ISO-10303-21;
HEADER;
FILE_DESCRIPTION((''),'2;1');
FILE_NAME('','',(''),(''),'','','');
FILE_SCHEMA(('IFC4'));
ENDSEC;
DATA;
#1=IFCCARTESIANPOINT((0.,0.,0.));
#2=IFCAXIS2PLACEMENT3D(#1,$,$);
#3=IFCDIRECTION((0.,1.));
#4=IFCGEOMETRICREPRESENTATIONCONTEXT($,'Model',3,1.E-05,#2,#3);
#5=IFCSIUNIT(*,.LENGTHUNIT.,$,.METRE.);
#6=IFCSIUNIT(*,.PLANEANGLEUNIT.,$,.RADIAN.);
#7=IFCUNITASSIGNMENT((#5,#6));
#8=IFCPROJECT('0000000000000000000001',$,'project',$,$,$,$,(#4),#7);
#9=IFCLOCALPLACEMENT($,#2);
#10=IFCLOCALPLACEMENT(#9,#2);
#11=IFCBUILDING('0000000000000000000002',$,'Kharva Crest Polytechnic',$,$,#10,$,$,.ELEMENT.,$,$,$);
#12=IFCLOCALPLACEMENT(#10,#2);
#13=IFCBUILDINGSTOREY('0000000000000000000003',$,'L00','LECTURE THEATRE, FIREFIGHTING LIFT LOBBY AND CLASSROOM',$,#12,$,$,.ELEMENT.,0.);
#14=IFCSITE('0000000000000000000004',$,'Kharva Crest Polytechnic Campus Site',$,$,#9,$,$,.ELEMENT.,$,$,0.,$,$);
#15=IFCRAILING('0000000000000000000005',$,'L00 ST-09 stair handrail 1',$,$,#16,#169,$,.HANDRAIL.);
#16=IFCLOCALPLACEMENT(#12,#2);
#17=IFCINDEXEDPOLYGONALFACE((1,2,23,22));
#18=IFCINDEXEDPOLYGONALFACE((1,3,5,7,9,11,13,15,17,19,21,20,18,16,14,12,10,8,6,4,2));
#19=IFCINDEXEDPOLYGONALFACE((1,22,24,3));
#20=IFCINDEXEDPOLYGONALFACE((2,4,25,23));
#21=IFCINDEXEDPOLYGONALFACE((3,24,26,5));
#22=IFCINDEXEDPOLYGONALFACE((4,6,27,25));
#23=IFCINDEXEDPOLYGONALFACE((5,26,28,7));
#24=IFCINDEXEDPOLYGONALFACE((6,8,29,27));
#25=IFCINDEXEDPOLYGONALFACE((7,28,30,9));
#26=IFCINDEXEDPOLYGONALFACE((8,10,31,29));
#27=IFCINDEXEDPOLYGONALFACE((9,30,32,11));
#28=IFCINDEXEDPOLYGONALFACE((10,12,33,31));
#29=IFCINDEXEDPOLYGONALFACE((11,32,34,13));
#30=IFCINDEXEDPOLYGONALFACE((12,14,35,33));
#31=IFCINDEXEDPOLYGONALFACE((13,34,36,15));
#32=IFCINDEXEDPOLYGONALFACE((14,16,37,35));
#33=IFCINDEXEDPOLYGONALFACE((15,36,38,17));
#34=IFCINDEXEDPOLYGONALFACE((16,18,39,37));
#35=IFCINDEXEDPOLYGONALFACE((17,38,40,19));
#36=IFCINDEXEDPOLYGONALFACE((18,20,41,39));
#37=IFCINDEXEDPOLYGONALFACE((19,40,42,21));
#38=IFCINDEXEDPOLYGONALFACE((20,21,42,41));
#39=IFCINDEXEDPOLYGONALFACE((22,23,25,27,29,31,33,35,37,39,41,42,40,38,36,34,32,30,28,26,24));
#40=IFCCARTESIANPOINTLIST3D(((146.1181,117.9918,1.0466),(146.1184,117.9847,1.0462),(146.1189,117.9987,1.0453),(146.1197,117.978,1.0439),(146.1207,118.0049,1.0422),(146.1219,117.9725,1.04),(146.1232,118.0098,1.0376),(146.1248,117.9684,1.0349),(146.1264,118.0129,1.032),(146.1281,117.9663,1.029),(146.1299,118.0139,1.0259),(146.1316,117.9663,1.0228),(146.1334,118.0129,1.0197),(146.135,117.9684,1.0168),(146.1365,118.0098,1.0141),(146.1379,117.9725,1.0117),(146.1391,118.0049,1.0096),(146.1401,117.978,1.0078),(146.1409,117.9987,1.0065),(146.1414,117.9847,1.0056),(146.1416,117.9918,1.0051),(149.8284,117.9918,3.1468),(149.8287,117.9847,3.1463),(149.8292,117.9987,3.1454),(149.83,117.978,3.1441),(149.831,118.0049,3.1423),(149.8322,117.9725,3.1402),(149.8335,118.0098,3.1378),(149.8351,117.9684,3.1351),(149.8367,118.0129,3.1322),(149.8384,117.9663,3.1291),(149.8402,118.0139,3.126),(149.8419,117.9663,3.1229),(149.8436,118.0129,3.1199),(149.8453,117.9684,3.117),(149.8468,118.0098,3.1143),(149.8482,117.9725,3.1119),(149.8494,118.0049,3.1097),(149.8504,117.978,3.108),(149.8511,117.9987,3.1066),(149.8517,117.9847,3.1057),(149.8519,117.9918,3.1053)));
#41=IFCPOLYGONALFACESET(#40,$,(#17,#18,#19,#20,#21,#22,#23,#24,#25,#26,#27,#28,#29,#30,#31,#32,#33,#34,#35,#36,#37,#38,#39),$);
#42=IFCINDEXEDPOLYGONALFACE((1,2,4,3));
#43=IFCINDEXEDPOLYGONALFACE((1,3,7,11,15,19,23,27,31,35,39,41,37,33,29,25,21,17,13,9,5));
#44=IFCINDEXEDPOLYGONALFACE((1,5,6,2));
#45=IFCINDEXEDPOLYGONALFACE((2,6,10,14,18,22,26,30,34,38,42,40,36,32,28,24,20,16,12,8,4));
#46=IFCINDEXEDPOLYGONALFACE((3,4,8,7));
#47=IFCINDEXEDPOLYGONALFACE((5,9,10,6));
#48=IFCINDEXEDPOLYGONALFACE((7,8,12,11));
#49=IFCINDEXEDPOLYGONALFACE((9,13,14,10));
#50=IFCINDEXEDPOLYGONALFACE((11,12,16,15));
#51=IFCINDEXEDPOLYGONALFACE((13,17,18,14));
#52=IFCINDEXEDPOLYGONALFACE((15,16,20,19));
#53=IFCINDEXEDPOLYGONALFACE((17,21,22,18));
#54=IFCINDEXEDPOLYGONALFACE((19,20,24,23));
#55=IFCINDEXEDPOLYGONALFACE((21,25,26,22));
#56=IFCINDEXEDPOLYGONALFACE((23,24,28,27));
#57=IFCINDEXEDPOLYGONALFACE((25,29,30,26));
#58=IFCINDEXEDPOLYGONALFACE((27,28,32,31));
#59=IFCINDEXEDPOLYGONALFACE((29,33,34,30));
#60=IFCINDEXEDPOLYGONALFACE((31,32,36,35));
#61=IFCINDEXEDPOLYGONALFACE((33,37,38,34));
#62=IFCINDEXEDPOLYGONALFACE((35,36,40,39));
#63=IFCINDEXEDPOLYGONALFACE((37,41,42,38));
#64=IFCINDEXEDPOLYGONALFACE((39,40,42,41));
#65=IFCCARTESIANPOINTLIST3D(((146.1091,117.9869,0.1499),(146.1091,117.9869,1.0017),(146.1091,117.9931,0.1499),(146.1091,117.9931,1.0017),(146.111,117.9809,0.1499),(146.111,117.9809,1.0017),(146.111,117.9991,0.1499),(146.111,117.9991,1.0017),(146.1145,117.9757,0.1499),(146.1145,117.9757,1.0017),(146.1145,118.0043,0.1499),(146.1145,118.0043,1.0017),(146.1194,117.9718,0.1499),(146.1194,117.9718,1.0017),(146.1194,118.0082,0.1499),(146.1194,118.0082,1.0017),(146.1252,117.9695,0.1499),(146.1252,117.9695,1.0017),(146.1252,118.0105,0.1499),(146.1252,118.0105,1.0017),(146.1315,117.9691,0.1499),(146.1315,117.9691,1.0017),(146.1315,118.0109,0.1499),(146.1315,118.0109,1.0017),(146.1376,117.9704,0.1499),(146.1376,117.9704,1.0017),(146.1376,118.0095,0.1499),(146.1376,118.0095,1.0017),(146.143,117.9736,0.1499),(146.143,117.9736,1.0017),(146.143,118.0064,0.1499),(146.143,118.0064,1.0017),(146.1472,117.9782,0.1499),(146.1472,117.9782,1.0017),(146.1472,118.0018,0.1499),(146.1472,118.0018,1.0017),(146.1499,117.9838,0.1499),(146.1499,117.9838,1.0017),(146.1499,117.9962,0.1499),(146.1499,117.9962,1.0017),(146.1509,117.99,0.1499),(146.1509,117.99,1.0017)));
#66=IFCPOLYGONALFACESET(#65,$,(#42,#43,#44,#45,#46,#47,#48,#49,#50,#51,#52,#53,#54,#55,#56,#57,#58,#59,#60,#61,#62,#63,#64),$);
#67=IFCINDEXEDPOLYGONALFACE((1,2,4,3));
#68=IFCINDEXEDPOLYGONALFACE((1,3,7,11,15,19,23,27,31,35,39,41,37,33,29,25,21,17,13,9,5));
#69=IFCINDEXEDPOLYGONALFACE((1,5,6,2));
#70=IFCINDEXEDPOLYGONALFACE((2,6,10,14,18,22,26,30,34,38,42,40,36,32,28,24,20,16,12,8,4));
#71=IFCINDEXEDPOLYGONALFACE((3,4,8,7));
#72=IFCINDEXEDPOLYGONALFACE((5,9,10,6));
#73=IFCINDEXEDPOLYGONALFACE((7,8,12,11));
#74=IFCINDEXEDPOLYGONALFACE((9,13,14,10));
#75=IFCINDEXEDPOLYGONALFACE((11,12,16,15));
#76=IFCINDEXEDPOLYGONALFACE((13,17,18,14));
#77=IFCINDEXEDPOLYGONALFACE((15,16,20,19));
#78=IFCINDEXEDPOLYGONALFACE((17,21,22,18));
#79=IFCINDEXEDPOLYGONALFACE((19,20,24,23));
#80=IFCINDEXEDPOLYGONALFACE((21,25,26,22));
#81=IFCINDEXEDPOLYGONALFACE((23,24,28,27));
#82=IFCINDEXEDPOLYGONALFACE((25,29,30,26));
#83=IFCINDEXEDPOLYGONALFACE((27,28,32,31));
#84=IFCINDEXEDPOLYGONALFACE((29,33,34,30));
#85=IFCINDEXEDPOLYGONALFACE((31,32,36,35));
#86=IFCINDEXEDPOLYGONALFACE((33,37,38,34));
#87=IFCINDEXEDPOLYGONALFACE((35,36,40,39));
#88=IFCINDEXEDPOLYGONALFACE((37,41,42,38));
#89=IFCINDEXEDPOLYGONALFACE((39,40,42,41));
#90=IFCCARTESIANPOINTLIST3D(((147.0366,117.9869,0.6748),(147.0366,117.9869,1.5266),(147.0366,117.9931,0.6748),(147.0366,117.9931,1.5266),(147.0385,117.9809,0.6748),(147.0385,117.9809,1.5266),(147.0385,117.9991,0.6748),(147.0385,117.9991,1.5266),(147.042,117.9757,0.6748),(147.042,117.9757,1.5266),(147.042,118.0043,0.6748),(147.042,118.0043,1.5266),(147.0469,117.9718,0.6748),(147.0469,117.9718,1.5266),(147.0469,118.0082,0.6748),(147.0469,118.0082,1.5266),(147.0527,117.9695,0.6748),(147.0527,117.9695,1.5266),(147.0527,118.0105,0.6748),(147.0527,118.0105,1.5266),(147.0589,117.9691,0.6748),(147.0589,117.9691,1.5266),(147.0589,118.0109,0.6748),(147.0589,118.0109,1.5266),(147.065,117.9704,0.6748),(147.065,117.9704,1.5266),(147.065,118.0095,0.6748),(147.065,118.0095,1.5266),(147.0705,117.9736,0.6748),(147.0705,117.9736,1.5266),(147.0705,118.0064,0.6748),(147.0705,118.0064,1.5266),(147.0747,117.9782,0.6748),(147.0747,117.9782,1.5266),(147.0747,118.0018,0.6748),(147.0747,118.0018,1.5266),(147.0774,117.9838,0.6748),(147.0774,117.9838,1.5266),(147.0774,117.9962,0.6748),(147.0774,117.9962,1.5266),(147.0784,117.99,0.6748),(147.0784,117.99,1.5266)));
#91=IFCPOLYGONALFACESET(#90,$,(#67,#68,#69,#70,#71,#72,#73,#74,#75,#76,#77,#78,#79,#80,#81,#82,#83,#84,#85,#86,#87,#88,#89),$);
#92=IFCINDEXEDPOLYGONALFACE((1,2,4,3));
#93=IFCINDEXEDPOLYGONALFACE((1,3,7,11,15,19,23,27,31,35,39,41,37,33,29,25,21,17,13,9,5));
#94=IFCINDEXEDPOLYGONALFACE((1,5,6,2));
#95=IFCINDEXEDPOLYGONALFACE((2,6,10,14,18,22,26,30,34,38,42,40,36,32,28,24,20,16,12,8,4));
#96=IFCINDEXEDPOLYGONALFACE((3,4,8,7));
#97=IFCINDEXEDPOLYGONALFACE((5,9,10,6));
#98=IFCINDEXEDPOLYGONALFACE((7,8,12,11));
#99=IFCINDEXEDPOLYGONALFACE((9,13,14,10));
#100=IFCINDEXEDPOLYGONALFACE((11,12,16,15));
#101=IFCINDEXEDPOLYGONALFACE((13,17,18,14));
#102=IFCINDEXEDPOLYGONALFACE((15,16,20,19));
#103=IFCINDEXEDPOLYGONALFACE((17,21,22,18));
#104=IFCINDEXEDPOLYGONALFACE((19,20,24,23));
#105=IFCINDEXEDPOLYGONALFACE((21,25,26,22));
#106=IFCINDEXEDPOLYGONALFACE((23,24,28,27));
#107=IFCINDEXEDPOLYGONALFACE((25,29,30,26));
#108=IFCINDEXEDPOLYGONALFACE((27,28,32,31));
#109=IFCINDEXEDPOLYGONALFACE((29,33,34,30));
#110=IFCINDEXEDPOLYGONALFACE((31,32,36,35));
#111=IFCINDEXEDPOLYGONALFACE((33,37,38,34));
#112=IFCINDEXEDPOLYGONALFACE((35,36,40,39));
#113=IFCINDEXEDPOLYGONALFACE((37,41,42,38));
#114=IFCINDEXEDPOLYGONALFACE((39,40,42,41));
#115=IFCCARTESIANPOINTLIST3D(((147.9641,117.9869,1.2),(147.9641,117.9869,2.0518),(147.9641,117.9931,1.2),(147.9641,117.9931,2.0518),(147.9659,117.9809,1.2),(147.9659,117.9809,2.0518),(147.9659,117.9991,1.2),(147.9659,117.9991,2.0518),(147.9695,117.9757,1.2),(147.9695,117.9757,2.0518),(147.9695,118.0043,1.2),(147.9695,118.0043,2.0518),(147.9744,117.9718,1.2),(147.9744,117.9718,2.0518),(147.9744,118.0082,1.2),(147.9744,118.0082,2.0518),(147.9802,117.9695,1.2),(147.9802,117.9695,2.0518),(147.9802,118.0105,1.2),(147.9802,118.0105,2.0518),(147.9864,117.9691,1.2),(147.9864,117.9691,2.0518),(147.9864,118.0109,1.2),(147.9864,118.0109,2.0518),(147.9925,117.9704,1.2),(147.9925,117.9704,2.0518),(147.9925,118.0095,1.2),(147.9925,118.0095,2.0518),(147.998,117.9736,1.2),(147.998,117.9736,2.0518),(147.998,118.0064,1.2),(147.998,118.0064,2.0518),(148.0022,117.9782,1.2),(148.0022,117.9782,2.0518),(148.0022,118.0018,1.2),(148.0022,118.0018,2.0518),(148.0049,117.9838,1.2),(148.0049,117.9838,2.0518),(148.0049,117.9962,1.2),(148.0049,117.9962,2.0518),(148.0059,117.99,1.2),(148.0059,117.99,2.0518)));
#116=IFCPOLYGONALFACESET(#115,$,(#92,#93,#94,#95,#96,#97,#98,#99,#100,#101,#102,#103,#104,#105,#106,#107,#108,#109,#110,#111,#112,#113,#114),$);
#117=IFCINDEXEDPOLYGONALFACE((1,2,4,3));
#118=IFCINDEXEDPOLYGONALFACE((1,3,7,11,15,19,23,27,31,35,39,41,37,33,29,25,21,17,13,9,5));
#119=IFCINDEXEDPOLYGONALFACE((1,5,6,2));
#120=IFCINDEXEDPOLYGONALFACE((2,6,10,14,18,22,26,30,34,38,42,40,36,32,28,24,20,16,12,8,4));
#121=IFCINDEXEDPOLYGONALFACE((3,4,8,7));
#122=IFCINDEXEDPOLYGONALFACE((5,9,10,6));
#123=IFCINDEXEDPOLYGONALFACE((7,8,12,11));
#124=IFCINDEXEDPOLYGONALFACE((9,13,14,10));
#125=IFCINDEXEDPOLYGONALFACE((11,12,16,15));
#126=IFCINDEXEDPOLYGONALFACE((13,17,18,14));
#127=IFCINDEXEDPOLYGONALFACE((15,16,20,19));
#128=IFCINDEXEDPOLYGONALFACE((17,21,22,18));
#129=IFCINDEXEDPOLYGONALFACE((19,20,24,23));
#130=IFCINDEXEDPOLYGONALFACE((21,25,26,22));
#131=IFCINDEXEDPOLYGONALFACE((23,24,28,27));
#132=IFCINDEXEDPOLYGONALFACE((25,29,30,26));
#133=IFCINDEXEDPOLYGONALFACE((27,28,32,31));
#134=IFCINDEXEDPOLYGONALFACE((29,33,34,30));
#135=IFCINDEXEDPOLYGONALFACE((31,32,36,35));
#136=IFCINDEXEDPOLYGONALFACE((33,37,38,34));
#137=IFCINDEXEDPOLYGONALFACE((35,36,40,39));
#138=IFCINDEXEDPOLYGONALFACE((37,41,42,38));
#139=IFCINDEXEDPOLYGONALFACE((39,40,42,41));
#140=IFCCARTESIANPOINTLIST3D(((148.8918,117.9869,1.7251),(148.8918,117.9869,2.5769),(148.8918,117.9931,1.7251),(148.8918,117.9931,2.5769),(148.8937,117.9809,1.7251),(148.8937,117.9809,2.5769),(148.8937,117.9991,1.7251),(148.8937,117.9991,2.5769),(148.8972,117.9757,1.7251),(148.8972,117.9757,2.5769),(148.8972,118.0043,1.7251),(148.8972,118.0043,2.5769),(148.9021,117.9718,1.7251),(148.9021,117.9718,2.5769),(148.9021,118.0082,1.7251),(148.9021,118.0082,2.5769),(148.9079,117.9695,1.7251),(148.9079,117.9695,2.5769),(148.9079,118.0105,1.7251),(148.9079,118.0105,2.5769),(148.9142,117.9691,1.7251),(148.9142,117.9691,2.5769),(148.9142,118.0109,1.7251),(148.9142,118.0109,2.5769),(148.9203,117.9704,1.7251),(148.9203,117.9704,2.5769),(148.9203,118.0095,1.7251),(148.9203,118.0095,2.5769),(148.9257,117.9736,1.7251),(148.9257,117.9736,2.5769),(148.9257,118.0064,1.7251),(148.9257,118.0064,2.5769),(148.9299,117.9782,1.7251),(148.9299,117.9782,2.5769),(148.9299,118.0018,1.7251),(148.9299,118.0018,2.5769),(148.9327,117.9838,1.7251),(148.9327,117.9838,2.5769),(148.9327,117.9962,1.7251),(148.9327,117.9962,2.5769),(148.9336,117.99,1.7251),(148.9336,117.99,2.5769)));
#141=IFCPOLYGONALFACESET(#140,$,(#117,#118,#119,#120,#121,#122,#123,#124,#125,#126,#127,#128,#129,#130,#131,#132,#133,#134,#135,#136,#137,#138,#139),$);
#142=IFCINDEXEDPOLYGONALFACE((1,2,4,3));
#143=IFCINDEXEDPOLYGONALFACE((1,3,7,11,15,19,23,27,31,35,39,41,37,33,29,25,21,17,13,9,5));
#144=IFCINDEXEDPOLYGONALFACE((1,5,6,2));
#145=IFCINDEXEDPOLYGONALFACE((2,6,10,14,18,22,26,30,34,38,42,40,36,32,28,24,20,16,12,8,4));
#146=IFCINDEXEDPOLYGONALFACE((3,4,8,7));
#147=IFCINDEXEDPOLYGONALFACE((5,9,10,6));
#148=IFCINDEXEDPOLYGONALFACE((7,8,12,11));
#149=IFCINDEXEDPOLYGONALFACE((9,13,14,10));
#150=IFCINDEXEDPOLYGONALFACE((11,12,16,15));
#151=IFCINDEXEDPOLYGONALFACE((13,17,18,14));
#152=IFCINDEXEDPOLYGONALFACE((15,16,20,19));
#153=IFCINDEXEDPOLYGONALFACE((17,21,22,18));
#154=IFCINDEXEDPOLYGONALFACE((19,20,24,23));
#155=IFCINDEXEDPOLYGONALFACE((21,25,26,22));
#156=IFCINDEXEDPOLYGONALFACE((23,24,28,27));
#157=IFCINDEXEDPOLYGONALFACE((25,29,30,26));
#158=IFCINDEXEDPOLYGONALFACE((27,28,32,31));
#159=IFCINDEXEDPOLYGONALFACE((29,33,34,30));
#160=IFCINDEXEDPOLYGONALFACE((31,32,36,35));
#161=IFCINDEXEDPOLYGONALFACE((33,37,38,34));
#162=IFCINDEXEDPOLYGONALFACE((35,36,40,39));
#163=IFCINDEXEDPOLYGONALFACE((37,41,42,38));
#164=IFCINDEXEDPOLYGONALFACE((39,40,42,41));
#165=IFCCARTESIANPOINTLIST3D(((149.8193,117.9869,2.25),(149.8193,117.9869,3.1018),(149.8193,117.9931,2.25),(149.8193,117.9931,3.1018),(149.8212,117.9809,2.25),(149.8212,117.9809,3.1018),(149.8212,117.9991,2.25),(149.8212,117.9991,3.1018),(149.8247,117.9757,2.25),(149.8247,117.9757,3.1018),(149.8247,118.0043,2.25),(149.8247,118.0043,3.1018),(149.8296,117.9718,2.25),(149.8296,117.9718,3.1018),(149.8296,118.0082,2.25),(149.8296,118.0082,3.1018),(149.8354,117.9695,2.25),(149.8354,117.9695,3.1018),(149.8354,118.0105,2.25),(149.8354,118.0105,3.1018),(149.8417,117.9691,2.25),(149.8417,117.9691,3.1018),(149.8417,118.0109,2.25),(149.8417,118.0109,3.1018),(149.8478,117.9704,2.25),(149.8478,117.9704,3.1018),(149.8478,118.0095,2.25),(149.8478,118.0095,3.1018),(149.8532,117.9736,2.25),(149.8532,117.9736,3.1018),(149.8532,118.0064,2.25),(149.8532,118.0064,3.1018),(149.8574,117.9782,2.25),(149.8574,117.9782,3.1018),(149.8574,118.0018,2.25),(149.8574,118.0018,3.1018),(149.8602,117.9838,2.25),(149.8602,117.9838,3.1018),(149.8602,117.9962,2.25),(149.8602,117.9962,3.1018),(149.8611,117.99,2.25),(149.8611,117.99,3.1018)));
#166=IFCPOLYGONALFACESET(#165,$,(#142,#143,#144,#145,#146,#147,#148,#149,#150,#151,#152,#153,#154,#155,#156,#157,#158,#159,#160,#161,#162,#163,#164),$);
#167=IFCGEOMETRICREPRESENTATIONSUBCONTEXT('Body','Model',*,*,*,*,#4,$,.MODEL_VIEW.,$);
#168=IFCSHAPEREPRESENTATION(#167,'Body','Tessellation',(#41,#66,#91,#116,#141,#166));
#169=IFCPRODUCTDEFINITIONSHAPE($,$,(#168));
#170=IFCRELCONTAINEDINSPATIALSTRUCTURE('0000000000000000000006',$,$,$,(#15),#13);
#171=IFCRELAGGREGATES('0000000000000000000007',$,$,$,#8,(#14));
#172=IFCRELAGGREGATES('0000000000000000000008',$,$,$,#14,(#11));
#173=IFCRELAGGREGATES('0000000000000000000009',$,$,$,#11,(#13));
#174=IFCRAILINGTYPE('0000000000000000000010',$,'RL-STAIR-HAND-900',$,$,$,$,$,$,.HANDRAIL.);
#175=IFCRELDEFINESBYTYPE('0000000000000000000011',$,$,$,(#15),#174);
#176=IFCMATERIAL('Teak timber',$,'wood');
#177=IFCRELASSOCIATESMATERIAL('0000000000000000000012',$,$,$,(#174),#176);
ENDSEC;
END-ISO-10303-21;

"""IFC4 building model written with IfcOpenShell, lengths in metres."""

from ifc_helpers import new_model, si_unit, direction, frame, origin, origin_2d, place, context, subcontext, project, spatial, circle, extrude, material, type_object, element, save


model = new_model("IFC4")

# Units and contexts
model_context = context("Model", 3, precision=1e-05, world=origin(), true_north=direction((0.0, 1.0)))
body_context = subcontext(model_context, "Body", "Model", "MODEL_VIEW")
ifc_project = project(units=[si_unit("LENGTHUNIT", "METRE"), si_unit("PLANEANGLEUNIT", "RADIAN")], contexts=[model_context])

# Site, building, storey
site_placement = place(None, origin())
site = spatial("IfcSite", under=ifc_project, at=site_placement, Name="Kharva Crest Polytechnic Campus Site", CompositionType="ELEMENT", RefElevation=0.0)
building_placement = place(site_placement, origin())
building = spatial("IfcBuilding", under=site, at=building_placement, Name="Kharva Crest Polytechnic", CompositionType="ELEMENT")
storey_placement = place(building_placement, origin())
storey = spatial("IfcBuildingStorey", under=building, at=storey_placement, Name="L00", Description="LECTURE THEATRE, FIREFIGHTING LIFT LOBBY AND CLASSROOM", CompositionType="ELEMENT", Elevation=0.0)

# Railing
ifc_material_1 = material(Name="Teak timber", Category="wood")
railing_type_1 = type_object("IfcRailingType", Name="RL-STAIR-HAND-900", PredefinedType="HANDRAIL", material=ifc_material_1)
railing_1_placement = place(storey_placement, frame((146.1299, 117.99, 0.1499)))
element("IfcRailing", 1, at=railing_1_placement, inside=storey, type_object=railing_type_1, Name="L00 ST-09 stair handrail 1", PredefinedType="HANDRAIL", context=body_context, shape_type="SweptSolid", body=[
    extrude(circle(Radius=0.0239, at=origin_2d()), frame((0.0, 0.0, 0.876), z_axis=(0.870259, 0.0, 0.492595), x_axis=(0.0, 1.0, 0.0)), (0.0, 0.0, 1.0), 4.2634),
    extrude(circle(Radius=0.021, at=origin_2d()), origin(), (0.0, 0.0, 1.0), 0.8518),
    extrude(circle(Radius=0.021, at=origin_2d()), frame((0.9275, 0.0, 0.5249)), (0.0, 0.0, 1.0), 0.8518),
    extrude(circle(Radius=0.021, at=origin_2d()), frame((1.855, 0.0, 1.05)), (0.0, 0.0, 1.0), 0.8518),
    extrude(circle(Radius=0.021, at=origin_2d()), frame((2.7827, 0.0, 1.5752)), (0.0, 0.0, 1.0), 0.8518),
    extrude(circle(Radius=0.021, at=origin_2d()), frame((3.7102, 0.0, 2.1001)), (0.0, 0.0, 1.0), 0.8518),
])

save(model, "model.ifc")
